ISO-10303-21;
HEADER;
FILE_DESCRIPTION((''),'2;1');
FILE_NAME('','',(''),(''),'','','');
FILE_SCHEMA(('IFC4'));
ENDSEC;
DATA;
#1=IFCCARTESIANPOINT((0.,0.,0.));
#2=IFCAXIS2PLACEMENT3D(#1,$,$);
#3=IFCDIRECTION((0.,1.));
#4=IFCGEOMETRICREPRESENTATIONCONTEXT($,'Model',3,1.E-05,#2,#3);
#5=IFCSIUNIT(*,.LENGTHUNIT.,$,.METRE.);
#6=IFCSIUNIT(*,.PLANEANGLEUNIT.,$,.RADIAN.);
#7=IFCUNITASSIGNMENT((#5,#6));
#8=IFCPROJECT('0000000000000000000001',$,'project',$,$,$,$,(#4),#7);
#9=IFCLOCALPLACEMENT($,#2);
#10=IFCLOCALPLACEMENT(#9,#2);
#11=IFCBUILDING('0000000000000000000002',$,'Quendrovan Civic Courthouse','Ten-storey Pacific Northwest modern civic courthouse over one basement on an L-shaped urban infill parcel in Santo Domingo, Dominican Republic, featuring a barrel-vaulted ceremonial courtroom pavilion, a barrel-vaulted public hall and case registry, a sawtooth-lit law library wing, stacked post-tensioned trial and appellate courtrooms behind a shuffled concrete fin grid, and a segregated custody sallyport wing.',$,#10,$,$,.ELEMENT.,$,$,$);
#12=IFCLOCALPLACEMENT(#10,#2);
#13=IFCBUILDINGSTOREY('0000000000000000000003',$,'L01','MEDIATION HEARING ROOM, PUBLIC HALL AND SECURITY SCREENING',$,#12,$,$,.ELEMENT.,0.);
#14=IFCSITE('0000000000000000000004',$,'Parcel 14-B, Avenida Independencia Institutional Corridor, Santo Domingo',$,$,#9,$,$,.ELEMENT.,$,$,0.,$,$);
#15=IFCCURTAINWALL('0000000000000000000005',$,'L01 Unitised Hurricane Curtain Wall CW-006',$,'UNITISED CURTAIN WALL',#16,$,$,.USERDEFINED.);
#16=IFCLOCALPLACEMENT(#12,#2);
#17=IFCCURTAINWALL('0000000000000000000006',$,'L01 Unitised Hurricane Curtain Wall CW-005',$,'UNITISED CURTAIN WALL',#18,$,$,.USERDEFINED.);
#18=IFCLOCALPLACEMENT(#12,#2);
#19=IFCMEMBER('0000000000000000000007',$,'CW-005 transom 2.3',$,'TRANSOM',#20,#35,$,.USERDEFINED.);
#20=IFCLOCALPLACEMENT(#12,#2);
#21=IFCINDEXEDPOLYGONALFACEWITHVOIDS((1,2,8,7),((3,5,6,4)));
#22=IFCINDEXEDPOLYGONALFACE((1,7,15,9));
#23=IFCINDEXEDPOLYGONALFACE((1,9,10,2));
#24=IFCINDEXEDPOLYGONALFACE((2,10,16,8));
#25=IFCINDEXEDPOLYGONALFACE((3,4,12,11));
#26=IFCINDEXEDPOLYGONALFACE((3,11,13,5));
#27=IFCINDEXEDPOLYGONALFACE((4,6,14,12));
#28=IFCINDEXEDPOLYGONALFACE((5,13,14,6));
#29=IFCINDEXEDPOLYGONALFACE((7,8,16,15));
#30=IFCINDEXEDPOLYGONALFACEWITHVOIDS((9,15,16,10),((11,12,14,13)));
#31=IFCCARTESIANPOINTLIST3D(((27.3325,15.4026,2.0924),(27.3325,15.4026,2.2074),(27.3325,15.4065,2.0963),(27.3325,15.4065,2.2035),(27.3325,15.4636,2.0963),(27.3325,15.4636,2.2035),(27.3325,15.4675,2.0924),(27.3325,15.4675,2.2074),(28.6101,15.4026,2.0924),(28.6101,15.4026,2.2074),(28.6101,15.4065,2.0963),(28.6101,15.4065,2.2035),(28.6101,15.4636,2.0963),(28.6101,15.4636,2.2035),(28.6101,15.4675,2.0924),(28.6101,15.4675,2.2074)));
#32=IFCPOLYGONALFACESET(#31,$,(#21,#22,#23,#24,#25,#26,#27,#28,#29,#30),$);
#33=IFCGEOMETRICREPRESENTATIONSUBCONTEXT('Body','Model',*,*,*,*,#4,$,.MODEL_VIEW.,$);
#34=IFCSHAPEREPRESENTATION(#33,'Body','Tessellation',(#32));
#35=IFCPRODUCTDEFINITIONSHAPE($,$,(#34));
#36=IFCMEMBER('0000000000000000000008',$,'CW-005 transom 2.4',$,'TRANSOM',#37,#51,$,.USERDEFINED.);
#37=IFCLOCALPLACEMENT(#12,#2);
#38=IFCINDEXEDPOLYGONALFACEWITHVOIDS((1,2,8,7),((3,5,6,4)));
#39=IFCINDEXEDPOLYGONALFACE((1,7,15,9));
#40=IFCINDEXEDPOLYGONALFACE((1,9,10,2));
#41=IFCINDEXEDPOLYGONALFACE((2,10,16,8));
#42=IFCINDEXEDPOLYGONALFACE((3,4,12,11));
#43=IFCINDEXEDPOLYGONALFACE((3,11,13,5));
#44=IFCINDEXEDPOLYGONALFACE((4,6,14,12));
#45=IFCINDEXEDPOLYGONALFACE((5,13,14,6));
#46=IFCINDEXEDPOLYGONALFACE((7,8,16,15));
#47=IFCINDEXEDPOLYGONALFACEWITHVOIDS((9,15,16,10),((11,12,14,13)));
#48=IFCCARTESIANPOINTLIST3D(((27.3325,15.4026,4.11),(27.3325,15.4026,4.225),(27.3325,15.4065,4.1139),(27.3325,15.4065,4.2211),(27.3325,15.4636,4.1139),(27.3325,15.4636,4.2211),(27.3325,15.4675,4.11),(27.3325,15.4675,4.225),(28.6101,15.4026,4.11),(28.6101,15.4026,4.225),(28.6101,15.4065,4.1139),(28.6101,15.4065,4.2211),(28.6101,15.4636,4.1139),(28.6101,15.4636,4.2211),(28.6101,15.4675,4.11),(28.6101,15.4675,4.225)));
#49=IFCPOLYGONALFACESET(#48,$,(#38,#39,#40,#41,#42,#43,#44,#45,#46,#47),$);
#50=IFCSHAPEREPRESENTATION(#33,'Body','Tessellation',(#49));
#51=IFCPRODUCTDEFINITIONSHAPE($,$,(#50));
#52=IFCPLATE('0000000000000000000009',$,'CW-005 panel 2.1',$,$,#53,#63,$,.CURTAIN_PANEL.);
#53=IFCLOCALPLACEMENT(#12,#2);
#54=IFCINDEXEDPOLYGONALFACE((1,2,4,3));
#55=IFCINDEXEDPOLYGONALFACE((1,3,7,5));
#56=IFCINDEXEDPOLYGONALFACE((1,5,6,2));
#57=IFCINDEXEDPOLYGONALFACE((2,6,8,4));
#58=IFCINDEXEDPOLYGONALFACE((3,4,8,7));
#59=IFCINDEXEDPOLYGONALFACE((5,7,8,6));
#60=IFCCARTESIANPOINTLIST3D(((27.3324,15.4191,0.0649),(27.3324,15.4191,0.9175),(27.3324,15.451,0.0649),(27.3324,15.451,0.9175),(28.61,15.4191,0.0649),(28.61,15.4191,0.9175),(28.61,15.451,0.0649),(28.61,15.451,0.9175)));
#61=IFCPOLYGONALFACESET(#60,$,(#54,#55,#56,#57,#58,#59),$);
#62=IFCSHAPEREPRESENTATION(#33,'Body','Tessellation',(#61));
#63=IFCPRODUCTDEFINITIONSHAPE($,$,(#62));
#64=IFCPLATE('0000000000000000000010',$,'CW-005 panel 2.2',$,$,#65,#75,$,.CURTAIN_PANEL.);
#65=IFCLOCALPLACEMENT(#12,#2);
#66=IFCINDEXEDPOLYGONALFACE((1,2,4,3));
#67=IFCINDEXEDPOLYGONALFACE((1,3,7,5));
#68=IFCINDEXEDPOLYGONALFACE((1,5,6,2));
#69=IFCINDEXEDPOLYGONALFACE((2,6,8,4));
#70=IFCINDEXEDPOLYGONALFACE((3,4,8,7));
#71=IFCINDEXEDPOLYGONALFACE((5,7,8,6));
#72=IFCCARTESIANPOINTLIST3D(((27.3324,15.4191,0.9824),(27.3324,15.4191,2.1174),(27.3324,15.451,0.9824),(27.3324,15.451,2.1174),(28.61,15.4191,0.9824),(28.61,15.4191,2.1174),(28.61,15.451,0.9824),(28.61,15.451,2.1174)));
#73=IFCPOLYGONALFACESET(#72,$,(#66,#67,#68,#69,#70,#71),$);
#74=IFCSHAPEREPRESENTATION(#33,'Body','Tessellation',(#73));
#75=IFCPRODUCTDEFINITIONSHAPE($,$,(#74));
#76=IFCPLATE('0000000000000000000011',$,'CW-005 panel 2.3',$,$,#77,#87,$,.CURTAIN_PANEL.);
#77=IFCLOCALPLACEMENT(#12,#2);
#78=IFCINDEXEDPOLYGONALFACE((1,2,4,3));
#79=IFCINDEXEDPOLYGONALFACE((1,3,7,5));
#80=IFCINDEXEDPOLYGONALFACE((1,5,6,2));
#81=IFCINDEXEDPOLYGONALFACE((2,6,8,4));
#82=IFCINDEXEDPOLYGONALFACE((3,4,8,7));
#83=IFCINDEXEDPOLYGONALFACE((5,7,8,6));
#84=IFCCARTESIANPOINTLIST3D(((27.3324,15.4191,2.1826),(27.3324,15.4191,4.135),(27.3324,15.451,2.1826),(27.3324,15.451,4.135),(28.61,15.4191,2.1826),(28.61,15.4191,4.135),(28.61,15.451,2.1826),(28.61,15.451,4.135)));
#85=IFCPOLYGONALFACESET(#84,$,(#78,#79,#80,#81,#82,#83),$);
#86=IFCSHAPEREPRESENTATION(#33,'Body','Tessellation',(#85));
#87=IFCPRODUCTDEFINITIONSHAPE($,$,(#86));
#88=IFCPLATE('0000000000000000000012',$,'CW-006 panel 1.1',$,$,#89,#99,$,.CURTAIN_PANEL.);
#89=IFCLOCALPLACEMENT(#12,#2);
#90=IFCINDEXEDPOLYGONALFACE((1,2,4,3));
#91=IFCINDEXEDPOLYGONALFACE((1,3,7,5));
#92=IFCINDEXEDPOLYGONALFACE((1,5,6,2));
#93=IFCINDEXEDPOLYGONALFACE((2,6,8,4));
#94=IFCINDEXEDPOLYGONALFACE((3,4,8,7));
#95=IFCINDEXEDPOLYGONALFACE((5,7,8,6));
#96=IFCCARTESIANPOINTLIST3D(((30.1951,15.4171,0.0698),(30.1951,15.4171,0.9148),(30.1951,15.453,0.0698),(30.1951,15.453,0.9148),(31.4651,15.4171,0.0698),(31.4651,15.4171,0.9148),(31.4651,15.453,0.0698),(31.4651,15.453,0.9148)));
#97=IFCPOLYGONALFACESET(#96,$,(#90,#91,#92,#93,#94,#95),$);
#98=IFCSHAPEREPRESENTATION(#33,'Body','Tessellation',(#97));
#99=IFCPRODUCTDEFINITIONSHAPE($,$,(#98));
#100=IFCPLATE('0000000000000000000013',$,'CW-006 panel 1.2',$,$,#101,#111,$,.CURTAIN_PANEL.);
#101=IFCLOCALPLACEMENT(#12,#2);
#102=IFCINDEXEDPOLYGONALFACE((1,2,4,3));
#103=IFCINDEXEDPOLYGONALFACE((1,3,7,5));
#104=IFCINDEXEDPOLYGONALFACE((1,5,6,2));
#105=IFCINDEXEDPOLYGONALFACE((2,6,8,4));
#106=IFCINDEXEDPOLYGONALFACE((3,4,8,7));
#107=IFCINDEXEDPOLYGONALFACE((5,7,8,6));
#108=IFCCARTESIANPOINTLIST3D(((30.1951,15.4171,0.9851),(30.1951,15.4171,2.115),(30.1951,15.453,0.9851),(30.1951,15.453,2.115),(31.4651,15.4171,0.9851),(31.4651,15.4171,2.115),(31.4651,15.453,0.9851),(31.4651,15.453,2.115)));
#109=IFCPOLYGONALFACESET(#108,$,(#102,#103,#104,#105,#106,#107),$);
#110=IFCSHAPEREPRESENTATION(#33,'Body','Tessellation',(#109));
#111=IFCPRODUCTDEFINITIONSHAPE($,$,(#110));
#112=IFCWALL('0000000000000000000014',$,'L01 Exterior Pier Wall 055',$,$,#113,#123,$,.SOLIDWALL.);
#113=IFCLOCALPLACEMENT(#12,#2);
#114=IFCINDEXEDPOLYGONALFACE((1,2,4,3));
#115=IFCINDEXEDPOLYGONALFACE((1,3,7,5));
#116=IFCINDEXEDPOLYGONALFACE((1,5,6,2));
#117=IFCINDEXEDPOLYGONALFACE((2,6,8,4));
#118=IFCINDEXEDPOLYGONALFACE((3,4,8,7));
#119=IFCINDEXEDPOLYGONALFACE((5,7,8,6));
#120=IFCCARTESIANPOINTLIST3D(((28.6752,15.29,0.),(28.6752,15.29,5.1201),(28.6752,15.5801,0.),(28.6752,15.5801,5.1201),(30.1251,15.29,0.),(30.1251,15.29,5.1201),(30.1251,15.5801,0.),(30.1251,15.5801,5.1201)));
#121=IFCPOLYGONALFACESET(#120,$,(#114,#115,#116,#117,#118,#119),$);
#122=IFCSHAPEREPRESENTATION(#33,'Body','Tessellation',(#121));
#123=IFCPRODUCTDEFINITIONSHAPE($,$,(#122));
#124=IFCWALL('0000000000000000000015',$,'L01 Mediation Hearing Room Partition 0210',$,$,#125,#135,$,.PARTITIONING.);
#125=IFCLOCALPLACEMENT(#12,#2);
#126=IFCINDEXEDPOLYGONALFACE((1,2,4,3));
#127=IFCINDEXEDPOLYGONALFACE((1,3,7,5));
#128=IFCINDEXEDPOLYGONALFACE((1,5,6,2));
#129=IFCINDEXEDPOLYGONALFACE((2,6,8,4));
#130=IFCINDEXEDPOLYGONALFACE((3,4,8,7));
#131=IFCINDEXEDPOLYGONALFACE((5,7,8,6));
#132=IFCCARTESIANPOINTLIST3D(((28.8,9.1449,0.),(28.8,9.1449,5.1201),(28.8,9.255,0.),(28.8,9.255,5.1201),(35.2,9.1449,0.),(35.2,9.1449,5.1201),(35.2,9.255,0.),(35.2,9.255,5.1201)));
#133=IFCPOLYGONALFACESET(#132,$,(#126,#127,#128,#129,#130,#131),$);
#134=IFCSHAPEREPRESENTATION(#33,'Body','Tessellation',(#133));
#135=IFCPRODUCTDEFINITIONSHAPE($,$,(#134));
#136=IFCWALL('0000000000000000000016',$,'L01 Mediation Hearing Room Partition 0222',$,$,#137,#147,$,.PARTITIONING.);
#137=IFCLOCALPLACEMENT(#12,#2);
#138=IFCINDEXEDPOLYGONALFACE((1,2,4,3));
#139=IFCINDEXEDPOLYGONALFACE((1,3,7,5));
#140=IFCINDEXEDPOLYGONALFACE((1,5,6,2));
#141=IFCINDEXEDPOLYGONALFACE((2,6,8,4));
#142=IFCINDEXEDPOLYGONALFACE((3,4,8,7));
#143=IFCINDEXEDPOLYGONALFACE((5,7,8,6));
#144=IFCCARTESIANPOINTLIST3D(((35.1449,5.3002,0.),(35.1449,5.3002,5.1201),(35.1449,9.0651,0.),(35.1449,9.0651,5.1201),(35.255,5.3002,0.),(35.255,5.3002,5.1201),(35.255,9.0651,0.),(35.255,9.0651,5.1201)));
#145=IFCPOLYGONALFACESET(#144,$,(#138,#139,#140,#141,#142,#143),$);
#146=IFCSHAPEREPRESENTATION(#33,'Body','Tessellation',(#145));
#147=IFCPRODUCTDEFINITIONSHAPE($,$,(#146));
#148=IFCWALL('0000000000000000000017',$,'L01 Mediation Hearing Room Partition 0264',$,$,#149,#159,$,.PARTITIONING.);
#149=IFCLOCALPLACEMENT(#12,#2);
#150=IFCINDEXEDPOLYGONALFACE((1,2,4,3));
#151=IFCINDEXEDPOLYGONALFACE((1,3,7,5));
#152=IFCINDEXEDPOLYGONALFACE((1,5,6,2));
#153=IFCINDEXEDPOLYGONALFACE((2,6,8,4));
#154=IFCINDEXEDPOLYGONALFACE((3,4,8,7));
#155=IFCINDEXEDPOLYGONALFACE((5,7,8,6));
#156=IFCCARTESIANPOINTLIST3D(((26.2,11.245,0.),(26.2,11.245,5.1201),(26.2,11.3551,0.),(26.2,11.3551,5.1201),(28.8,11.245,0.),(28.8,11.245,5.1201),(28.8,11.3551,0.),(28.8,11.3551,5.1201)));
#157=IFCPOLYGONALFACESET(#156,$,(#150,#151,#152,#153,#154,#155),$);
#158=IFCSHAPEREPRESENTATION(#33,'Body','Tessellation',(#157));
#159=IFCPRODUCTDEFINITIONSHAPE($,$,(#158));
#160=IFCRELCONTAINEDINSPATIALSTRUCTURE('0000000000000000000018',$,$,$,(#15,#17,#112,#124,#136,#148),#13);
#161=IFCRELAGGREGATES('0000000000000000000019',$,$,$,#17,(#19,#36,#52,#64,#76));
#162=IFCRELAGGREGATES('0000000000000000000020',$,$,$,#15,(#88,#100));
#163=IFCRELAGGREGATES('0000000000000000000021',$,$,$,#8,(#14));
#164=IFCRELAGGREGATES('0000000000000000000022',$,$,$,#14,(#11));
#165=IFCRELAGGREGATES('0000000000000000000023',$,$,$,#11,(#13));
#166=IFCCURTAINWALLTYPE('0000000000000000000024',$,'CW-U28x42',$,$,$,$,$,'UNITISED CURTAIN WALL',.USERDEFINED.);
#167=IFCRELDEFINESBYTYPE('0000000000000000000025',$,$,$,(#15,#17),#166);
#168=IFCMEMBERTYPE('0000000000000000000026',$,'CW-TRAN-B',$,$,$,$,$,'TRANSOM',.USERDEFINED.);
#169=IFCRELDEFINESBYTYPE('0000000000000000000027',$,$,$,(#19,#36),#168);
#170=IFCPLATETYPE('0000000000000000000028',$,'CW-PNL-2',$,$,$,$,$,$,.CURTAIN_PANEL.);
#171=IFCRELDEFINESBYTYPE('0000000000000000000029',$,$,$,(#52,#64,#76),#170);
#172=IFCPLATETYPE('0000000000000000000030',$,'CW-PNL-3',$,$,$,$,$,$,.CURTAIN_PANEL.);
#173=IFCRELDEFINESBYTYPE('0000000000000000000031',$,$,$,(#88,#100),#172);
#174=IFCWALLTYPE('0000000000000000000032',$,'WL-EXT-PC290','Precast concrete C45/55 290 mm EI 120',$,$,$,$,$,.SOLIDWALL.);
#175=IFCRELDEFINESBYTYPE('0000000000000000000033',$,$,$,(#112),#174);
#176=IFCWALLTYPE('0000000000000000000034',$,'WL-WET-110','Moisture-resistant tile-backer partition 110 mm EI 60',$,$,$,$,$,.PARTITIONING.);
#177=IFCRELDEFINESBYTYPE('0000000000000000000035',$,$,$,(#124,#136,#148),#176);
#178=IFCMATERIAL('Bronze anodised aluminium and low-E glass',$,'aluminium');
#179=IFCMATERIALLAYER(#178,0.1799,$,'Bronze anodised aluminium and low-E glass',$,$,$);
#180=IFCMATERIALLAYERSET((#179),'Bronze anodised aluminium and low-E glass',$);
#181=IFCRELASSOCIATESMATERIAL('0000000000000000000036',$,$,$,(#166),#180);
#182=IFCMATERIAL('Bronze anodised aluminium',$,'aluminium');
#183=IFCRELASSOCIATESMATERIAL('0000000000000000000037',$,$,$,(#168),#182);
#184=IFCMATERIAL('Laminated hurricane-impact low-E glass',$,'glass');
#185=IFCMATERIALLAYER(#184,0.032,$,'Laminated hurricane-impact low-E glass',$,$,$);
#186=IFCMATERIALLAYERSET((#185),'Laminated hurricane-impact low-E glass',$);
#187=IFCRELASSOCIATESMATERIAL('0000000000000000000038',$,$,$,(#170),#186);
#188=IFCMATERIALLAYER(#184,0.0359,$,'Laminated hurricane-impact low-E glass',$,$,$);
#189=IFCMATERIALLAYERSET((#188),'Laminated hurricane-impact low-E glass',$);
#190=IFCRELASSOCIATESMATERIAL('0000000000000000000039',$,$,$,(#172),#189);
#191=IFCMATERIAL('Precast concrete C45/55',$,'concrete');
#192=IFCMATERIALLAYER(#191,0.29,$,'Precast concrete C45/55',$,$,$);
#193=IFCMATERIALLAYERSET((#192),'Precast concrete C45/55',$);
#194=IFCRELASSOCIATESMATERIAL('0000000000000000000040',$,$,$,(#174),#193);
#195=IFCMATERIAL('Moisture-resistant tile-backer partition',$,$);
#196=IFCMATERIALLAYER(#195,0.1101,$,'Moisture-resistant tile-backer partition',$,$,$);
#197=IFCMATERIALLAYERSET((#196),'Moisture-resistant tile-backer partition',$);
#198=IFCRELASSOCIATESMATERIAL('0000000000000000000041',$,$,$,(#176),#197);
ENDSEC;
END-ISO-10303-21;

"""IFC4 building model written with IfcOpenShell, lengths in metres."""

from ifc_helpers import new_model, si_unit, direction, frame, frame_2d, origin, origin_2d, place, context, subcontext, project, spatial, rectangle, hollow_rectangle, extrude, material, layer, layer_set, material_profile, profile_set, type_object, element, aggregate, save


model = new_model("IFC4")

# Units and contexts
model_context = context("Model", 3, precision=1e-05, world=origin(), true_north=direction((0.0, 1.0)))
body_context = subcontext(model_context, "Body", "Model", "MODEL_VIEW")
ifc_project = project(units=[si_unit("LENGTHUNIT", "METRE"), si_unit("PLANEANGLEUNIT", "RADIAN")], contexts=[model_context])

# Site, building, storey
site_placement = place(None, origin())
site = spatial("IfcSite", under=ifc_project, at=site_placement, Name="Parcel 14-B, Avenida Independencia Institutional Corridor, Santo Domingo", CompositionType="ELEMENT", RefElevation=0.0)
building_placement = place(site_placement, origin())
building = spatial("IfcBuilding", under=site, at=building_placement, Name="Quendrovan Civic Courthouse", Description="Ten-storey Pacific Northwest modern civic courthouse over one basement on an L-shaped urban infill parcel in Santo Domingo, Dominican Republic, featuring a barrel-vaulted ceremonial courtroom pavilion, a barrel-vaulted public hall and case registry, a sawtooth-lit law library wing, stacked post-tensioned trial and appellate courtrooms behind a shuffled concrete fin grid, and a segregated custody sallyport wing.", CompositionType="ELEMENT")
storey_placement = place(building_placement, origin())
storey = spatial("IfcBuildingStorey", under=building, at=storey_placement, Name="L01", Description="MEDIATION HEARING ROOM, PUBLIC HALL AND SECURITY SCREENING", CompositionType="ELEMENT", Elevation=0.0)

# Curtain walls
ifc_material_1 = material(Name="Bronze anodised aluminium and low-E glass", Category="aluminium")
ifc_layer_1 = layer(ifc_material_1, 0.1799, Name="Bronze anodised aluminium and low-E glass")
ifc_layer_set_1 = layer_set([ifc_layer_1], Name="Bronze anodised aluminium and low-E glass")
curtain_wall_type = type_object("IfcCurtainWallType", Name="CW-U28x42", ElementType="UNITISED CURTAIN WALL", PredefinedType="USERDEFINED", material=ifc_layer_set_1)
curtain_wall_1_placement = place(storey_placement, origin())
curtain_wall_1 = element("IfcCurtainWall", 1, at=curtain_wall_1_placement, inside=storey, type_object=curtain_wall_type, Name="L01 Unitised Hurricane Curtain Wall CW-006", ObjectType="UNITISED CURTAIN WALL", PredefinedType="USERDEFINED")
ifc_material_2 = material(Name="Bronze anodised aluminium", Category="aluminium")
curtain_wall_2_placement = place(storey_placement, origin())
curtain_wall_2 = element("IfcCurtainWall", 2, at=curtain_wall_2_placement, inside=storey, type_object=curtain_wall_type, Name="L01 Unitised Hurricane Curtain Wall CW-005", ObjectType="UNITISED CURTAIN WALL", PredefinedType="USERDEFINED")

# Members
ifc_material_profile_1 = material_profile(ifc_material_2, hollow_rectangle(XDim=0.0649, YDim=0.115, WallThickness=0.0039, at=origin_2d()), Name="CW-TRAN-65x115")
ifc_profile_set_1 = profile_set([ifc_material_profile_1], Name="Bronze anodised aluminium")
member_type_1 = type_object("IfcMemberType", Name="CW-TRAN-B", ElementType="TRANSOM", PredefinedType="USERDEFINED", material=ifc_profile_set_1)
member_1_placement = place(storey_placement, frame((27.3325, 15.4351, 2.1499), z_axis=(1.0, 0.0, 0.0), x_axis=(0.0, 1.0, 0.0)))
member_1 = element("IfcMember", 3, at=member_1_placement, type_object=member_type_1, Name="CW-005 transom 2.3", ObjectType="TRANSOM", PredefinedType="USERDEFINED", context=body_context, shape_type="SweptSolid", body=[
    extrude(hollow_rectangle(XDim=0.0649, YDim=0.115, WallThickness=0.0039, at=origin_2d()), origin(), (0.0, 0.0, 1.0), 1.2776),
])
member_2_placement = place(storey_placement, frame((27.3325, 15.4351, 4.1675), z_axis=(1.0, 0.0, 0.0), x_axis=(0.0, 1.0, 0.0)))
member_2 = element("IfcMember", 4, at=member_2_placement, type_object=member_type_1, Name="CW-005 transom 2.4", ObjectType="TRANSOM", PredefinedType="USERDEFINED", context=body_context, shape_type="SweptSolid", body=[
    extrude(hollow_rectangle(XDim=0.0649, YDim=0.115, WallThickness=0.0039, at=origin_2d()), origin(), (0.0, 0.0, 1.0), 1.2776),
])

# Plates
ifc_material_3 = material(Name="Laminated hurricane-impact low-E glass", Category="glass")
ifc_layer_2 = layer(ifc_material_3, 0.032, Name="Laminated hurricane-impact low-E glass")
ifc_layer_set_2 = layer_set([ifc_layer_2], Name="Laminated hurricane-impact low-E glass")
plate_type_1 = type_object("IfcPlateType", Name="CW-PNL-2", PredefinedType="CURTAIN_PANEL", material=ifc_layer_set_2)
plate_1_placement = place(storey_placement, frame((27.9712, 15.4351, 0.0649), z_axis=(0.0, 0.0, 1.0), x_axis=(1.0, 0.0, 0.0)))
plate_1 = element("IfcPlate", 5, at=plate_1_placement, type_object=plate_type_1, Name="CW-005 panel 2.1", PredefinedType="CURTAIN_PANEL", context=body_context, shape_type="SweptSolid", body=[
    extrude(rectangle(XDim=1.2776, YDim=0.032, at=origin_2d()), origin(), (0.0, 0.0, 1.0), 0.8525),
])
plate_2_placement = place(storey_placement, frame((27.9712, 15.4351, 0.9824), z_axis=(0.0, 0.0, 1.0), x_axis=(1.0, 0.0, 0.0)))
plate_2 = element("IfcPlate", 6, at=plate_2_placement, type_object=plate_type_1, Name="CW-005 panel 2.2", PredefinedType="CURTAIN_PANEL", context=body_context, shape_type="SweptSolid", body=[
    extrude(rectangle(XDim=1.2776, YDim=0.032, at=origin_2d()), origin(), (0.0, 0.0, 1.0), 1.135),
])
plate_3_placement = place(storey_placement, frame((27.9712, 15.4351, 2.1826), z_axis=(0.0, 0.0, 1.0), x_axis=(1.0, 0.0, 0.0)))
plate_3 = element("IfcPlate", 7, at=plate_3_placement, type_object=plate_type_1, Name="CW-005 panel 2.3", PredefinedType="CURTAIN_PANEL", context=body_context, shape_type="SweptSolid", body=[
    extrude(rectangle(XDim=1.2776, YDim=0.032, at=origin_2d()), origin(), (0.0, 0.0, 1.0), 1.9524),
])
aggregate(curtain_wall_2, [member_1, member_2, plate_1, plate_2, plate_3])
ifc_layer_3 = layer(ifc_material_3, 0.0359, Name="Laminated hurricane-impact low-E glass")
ifc_layer_set_3 = layer_set([ifc_layer_3], Name="Laminated hurricane-impact low-E glass")
plate_type_2 = type_object("IfcPlateType", Name="CW-PNL-3", PredefinedType="CURTAIN_PANEL", material=ifc_layer_set_3)
plate_4_placement = place(storey_placement, frame((30.8301, 15.4351, 0.0698), z_axis=(0.0, 0.0, 1.0), x_axis=(1.0, 0.0, 0.0)))
plate_4 = element("IfcPlate", 8, at=plate_4_placement, type_object=plate_type_2, Name="CW-006 panel 1.1", PredefinedType="CURTAIN_PANEL", context=body_context, shape_type="SweptSolid", body=[
    extrude(rectangle(XDim=1.27, YDim=0.0359, at=origin_2d()), origin(), (0.0, 0.0, 1.0), 0.845),
])
plate_5_placement = place(storey_placement, frame((30.8301, 15.4351, 0.9851), z_axis=(0.0, 0.0, 1.0), x_axis=(1.0, 0.0, 0.0)))
plate_5 = element("IfcPlate", 9, at=plate_5_placement, type_object=plate_type_2, Name="CW-006 panel 1.2", PredefinedType="CURTAIN_PANEL", context=body_context, shape_type="SweptSolid", body=[
    extrude(rectangle(XDim=1.27, YDim=0.0359, at=origin_2d()), origin(), (0.0, 0.0, 1.0), 1.1299),
])
aggregate(curtain_wall_1, [plate_4, plate_5])

# Walls
ifc_material_4 = material(Name="Precast concrete C45/55", Category="concrete")
ifc_layer_4 = layer(ifc_material_4, 0.29, Name="Precast concrete C45/55")
ifc_layer_set_4 = layer_set([ifc_layer_4], Name="Precast concrete C45/55")
wall_type_1 = type_object("IfcWallType", Name="WL-EXT-PC290", Description="Precast concrete C45/55 290 mm EI 120", PredefinedType="SOLIDWALL", material=ifc_layer_set_4)
wall_1_placement = place(storey_placement, frame((28.675, 15.4351, 0.0), z_axis=(0.0, 0.0, 1.0), x_axis=(1.0, 0.0, 0.0)))
element("IfcWall", 10, at=wall_1_placement, inside=storey, type_object=wall_type_1, Name="L01 Exterior Pier Wall 055", PredefinedType="SOLIDWALL", context=body_context, shape_type="SweptSolid", body=[
    extrude(rectangle(XDim=1.45, YDim=0.29, at=frame_2d((0.7251, 0.0))), origin(), (0.0, 0.0, 1.0), 5.1201),
])
ifc_material_5 = material(Name="Moisture-resistant tile-backer partition")
ifc_layer_5 = layer(ifc_material_5, 0.1101, Name="Moisture-resistant tile-backer partition")
ifc_layer_set_5 = layer_set([ifc_layer_5], Name="Moisture-resistant tile-backer partition")
wall_type_2 = type_object("IfcWallType", Name="WL-WET-110", Description="Moisture-resistant tile-backer partition 110 mm EI 60", PredefinedType="PARTITIONING", material=ifc_layer_set_5)
wall_2_placement = place(storey_placement, frame((28.8, 9.2, 0.0), z_axis=(0.0, 0.0, 1.0), x_axis=(1.0, 0.0, 0.0)))
element("IfcWall", 11, at=wall_2_placement, inside=storey, type_object=wall_type_2, Name="L01 Mediation Hearing Room Partition 0210", PredefinedType="PARTITIONING", context=body_context, shape_type="SweptSolid", body=[
    extrude(rectangle(XDim=6.3999, YDim=0.1101, at=frame_2d((3.2, 0.0))), origin(), (0.0, 0.0, 1.0), 5.1201),
])
wall_3_placement = place(storey_placement, frame((35.2, 9.0649, 0.0), z_axis=(0.0, 0.0, 1.0), x_axis=(0.0, -1.0, 0.0)))
element("IfcWall", 12, at=wall_3_placement, inside=storey, type_object=wall_type_2, Name="L01 Mediation Hearing Room Partition 0222", PredefinedType="PARTITIONING", context=body_context, shape_type="SweptSolid", body=[
    extrude(rectangle(XDim=3.7649, YDim=0.1101, at=frame_2d((1.8823, 0.0))), origin(), (0.0, 0.0, 1.0), 5.1201),
])
wall_4_placement = place(storey_placement, frame((28.8, 11.3, 0.0), z_axis=(0.0, 0.0, 1.0), x_axis=(-1.0, 0.0, 0.0)))
element("IfcWall", 13, at=wall_4_placement, inside=storey, type_object=wall_type_2, Name="L01 Mediation Hearing Room Partition 0264", PredefinedType="PARTITIONING", context=body_context, shape_type="SweptSolid", body=[
    extrude(rectangle(XDim=2.6001, YDim=0.1101, at=frame_2d((1.3, 0.0))), origin(), (0.0, 0.0, 1.0), 5.1201),
])

save(model, "model.ifc")
